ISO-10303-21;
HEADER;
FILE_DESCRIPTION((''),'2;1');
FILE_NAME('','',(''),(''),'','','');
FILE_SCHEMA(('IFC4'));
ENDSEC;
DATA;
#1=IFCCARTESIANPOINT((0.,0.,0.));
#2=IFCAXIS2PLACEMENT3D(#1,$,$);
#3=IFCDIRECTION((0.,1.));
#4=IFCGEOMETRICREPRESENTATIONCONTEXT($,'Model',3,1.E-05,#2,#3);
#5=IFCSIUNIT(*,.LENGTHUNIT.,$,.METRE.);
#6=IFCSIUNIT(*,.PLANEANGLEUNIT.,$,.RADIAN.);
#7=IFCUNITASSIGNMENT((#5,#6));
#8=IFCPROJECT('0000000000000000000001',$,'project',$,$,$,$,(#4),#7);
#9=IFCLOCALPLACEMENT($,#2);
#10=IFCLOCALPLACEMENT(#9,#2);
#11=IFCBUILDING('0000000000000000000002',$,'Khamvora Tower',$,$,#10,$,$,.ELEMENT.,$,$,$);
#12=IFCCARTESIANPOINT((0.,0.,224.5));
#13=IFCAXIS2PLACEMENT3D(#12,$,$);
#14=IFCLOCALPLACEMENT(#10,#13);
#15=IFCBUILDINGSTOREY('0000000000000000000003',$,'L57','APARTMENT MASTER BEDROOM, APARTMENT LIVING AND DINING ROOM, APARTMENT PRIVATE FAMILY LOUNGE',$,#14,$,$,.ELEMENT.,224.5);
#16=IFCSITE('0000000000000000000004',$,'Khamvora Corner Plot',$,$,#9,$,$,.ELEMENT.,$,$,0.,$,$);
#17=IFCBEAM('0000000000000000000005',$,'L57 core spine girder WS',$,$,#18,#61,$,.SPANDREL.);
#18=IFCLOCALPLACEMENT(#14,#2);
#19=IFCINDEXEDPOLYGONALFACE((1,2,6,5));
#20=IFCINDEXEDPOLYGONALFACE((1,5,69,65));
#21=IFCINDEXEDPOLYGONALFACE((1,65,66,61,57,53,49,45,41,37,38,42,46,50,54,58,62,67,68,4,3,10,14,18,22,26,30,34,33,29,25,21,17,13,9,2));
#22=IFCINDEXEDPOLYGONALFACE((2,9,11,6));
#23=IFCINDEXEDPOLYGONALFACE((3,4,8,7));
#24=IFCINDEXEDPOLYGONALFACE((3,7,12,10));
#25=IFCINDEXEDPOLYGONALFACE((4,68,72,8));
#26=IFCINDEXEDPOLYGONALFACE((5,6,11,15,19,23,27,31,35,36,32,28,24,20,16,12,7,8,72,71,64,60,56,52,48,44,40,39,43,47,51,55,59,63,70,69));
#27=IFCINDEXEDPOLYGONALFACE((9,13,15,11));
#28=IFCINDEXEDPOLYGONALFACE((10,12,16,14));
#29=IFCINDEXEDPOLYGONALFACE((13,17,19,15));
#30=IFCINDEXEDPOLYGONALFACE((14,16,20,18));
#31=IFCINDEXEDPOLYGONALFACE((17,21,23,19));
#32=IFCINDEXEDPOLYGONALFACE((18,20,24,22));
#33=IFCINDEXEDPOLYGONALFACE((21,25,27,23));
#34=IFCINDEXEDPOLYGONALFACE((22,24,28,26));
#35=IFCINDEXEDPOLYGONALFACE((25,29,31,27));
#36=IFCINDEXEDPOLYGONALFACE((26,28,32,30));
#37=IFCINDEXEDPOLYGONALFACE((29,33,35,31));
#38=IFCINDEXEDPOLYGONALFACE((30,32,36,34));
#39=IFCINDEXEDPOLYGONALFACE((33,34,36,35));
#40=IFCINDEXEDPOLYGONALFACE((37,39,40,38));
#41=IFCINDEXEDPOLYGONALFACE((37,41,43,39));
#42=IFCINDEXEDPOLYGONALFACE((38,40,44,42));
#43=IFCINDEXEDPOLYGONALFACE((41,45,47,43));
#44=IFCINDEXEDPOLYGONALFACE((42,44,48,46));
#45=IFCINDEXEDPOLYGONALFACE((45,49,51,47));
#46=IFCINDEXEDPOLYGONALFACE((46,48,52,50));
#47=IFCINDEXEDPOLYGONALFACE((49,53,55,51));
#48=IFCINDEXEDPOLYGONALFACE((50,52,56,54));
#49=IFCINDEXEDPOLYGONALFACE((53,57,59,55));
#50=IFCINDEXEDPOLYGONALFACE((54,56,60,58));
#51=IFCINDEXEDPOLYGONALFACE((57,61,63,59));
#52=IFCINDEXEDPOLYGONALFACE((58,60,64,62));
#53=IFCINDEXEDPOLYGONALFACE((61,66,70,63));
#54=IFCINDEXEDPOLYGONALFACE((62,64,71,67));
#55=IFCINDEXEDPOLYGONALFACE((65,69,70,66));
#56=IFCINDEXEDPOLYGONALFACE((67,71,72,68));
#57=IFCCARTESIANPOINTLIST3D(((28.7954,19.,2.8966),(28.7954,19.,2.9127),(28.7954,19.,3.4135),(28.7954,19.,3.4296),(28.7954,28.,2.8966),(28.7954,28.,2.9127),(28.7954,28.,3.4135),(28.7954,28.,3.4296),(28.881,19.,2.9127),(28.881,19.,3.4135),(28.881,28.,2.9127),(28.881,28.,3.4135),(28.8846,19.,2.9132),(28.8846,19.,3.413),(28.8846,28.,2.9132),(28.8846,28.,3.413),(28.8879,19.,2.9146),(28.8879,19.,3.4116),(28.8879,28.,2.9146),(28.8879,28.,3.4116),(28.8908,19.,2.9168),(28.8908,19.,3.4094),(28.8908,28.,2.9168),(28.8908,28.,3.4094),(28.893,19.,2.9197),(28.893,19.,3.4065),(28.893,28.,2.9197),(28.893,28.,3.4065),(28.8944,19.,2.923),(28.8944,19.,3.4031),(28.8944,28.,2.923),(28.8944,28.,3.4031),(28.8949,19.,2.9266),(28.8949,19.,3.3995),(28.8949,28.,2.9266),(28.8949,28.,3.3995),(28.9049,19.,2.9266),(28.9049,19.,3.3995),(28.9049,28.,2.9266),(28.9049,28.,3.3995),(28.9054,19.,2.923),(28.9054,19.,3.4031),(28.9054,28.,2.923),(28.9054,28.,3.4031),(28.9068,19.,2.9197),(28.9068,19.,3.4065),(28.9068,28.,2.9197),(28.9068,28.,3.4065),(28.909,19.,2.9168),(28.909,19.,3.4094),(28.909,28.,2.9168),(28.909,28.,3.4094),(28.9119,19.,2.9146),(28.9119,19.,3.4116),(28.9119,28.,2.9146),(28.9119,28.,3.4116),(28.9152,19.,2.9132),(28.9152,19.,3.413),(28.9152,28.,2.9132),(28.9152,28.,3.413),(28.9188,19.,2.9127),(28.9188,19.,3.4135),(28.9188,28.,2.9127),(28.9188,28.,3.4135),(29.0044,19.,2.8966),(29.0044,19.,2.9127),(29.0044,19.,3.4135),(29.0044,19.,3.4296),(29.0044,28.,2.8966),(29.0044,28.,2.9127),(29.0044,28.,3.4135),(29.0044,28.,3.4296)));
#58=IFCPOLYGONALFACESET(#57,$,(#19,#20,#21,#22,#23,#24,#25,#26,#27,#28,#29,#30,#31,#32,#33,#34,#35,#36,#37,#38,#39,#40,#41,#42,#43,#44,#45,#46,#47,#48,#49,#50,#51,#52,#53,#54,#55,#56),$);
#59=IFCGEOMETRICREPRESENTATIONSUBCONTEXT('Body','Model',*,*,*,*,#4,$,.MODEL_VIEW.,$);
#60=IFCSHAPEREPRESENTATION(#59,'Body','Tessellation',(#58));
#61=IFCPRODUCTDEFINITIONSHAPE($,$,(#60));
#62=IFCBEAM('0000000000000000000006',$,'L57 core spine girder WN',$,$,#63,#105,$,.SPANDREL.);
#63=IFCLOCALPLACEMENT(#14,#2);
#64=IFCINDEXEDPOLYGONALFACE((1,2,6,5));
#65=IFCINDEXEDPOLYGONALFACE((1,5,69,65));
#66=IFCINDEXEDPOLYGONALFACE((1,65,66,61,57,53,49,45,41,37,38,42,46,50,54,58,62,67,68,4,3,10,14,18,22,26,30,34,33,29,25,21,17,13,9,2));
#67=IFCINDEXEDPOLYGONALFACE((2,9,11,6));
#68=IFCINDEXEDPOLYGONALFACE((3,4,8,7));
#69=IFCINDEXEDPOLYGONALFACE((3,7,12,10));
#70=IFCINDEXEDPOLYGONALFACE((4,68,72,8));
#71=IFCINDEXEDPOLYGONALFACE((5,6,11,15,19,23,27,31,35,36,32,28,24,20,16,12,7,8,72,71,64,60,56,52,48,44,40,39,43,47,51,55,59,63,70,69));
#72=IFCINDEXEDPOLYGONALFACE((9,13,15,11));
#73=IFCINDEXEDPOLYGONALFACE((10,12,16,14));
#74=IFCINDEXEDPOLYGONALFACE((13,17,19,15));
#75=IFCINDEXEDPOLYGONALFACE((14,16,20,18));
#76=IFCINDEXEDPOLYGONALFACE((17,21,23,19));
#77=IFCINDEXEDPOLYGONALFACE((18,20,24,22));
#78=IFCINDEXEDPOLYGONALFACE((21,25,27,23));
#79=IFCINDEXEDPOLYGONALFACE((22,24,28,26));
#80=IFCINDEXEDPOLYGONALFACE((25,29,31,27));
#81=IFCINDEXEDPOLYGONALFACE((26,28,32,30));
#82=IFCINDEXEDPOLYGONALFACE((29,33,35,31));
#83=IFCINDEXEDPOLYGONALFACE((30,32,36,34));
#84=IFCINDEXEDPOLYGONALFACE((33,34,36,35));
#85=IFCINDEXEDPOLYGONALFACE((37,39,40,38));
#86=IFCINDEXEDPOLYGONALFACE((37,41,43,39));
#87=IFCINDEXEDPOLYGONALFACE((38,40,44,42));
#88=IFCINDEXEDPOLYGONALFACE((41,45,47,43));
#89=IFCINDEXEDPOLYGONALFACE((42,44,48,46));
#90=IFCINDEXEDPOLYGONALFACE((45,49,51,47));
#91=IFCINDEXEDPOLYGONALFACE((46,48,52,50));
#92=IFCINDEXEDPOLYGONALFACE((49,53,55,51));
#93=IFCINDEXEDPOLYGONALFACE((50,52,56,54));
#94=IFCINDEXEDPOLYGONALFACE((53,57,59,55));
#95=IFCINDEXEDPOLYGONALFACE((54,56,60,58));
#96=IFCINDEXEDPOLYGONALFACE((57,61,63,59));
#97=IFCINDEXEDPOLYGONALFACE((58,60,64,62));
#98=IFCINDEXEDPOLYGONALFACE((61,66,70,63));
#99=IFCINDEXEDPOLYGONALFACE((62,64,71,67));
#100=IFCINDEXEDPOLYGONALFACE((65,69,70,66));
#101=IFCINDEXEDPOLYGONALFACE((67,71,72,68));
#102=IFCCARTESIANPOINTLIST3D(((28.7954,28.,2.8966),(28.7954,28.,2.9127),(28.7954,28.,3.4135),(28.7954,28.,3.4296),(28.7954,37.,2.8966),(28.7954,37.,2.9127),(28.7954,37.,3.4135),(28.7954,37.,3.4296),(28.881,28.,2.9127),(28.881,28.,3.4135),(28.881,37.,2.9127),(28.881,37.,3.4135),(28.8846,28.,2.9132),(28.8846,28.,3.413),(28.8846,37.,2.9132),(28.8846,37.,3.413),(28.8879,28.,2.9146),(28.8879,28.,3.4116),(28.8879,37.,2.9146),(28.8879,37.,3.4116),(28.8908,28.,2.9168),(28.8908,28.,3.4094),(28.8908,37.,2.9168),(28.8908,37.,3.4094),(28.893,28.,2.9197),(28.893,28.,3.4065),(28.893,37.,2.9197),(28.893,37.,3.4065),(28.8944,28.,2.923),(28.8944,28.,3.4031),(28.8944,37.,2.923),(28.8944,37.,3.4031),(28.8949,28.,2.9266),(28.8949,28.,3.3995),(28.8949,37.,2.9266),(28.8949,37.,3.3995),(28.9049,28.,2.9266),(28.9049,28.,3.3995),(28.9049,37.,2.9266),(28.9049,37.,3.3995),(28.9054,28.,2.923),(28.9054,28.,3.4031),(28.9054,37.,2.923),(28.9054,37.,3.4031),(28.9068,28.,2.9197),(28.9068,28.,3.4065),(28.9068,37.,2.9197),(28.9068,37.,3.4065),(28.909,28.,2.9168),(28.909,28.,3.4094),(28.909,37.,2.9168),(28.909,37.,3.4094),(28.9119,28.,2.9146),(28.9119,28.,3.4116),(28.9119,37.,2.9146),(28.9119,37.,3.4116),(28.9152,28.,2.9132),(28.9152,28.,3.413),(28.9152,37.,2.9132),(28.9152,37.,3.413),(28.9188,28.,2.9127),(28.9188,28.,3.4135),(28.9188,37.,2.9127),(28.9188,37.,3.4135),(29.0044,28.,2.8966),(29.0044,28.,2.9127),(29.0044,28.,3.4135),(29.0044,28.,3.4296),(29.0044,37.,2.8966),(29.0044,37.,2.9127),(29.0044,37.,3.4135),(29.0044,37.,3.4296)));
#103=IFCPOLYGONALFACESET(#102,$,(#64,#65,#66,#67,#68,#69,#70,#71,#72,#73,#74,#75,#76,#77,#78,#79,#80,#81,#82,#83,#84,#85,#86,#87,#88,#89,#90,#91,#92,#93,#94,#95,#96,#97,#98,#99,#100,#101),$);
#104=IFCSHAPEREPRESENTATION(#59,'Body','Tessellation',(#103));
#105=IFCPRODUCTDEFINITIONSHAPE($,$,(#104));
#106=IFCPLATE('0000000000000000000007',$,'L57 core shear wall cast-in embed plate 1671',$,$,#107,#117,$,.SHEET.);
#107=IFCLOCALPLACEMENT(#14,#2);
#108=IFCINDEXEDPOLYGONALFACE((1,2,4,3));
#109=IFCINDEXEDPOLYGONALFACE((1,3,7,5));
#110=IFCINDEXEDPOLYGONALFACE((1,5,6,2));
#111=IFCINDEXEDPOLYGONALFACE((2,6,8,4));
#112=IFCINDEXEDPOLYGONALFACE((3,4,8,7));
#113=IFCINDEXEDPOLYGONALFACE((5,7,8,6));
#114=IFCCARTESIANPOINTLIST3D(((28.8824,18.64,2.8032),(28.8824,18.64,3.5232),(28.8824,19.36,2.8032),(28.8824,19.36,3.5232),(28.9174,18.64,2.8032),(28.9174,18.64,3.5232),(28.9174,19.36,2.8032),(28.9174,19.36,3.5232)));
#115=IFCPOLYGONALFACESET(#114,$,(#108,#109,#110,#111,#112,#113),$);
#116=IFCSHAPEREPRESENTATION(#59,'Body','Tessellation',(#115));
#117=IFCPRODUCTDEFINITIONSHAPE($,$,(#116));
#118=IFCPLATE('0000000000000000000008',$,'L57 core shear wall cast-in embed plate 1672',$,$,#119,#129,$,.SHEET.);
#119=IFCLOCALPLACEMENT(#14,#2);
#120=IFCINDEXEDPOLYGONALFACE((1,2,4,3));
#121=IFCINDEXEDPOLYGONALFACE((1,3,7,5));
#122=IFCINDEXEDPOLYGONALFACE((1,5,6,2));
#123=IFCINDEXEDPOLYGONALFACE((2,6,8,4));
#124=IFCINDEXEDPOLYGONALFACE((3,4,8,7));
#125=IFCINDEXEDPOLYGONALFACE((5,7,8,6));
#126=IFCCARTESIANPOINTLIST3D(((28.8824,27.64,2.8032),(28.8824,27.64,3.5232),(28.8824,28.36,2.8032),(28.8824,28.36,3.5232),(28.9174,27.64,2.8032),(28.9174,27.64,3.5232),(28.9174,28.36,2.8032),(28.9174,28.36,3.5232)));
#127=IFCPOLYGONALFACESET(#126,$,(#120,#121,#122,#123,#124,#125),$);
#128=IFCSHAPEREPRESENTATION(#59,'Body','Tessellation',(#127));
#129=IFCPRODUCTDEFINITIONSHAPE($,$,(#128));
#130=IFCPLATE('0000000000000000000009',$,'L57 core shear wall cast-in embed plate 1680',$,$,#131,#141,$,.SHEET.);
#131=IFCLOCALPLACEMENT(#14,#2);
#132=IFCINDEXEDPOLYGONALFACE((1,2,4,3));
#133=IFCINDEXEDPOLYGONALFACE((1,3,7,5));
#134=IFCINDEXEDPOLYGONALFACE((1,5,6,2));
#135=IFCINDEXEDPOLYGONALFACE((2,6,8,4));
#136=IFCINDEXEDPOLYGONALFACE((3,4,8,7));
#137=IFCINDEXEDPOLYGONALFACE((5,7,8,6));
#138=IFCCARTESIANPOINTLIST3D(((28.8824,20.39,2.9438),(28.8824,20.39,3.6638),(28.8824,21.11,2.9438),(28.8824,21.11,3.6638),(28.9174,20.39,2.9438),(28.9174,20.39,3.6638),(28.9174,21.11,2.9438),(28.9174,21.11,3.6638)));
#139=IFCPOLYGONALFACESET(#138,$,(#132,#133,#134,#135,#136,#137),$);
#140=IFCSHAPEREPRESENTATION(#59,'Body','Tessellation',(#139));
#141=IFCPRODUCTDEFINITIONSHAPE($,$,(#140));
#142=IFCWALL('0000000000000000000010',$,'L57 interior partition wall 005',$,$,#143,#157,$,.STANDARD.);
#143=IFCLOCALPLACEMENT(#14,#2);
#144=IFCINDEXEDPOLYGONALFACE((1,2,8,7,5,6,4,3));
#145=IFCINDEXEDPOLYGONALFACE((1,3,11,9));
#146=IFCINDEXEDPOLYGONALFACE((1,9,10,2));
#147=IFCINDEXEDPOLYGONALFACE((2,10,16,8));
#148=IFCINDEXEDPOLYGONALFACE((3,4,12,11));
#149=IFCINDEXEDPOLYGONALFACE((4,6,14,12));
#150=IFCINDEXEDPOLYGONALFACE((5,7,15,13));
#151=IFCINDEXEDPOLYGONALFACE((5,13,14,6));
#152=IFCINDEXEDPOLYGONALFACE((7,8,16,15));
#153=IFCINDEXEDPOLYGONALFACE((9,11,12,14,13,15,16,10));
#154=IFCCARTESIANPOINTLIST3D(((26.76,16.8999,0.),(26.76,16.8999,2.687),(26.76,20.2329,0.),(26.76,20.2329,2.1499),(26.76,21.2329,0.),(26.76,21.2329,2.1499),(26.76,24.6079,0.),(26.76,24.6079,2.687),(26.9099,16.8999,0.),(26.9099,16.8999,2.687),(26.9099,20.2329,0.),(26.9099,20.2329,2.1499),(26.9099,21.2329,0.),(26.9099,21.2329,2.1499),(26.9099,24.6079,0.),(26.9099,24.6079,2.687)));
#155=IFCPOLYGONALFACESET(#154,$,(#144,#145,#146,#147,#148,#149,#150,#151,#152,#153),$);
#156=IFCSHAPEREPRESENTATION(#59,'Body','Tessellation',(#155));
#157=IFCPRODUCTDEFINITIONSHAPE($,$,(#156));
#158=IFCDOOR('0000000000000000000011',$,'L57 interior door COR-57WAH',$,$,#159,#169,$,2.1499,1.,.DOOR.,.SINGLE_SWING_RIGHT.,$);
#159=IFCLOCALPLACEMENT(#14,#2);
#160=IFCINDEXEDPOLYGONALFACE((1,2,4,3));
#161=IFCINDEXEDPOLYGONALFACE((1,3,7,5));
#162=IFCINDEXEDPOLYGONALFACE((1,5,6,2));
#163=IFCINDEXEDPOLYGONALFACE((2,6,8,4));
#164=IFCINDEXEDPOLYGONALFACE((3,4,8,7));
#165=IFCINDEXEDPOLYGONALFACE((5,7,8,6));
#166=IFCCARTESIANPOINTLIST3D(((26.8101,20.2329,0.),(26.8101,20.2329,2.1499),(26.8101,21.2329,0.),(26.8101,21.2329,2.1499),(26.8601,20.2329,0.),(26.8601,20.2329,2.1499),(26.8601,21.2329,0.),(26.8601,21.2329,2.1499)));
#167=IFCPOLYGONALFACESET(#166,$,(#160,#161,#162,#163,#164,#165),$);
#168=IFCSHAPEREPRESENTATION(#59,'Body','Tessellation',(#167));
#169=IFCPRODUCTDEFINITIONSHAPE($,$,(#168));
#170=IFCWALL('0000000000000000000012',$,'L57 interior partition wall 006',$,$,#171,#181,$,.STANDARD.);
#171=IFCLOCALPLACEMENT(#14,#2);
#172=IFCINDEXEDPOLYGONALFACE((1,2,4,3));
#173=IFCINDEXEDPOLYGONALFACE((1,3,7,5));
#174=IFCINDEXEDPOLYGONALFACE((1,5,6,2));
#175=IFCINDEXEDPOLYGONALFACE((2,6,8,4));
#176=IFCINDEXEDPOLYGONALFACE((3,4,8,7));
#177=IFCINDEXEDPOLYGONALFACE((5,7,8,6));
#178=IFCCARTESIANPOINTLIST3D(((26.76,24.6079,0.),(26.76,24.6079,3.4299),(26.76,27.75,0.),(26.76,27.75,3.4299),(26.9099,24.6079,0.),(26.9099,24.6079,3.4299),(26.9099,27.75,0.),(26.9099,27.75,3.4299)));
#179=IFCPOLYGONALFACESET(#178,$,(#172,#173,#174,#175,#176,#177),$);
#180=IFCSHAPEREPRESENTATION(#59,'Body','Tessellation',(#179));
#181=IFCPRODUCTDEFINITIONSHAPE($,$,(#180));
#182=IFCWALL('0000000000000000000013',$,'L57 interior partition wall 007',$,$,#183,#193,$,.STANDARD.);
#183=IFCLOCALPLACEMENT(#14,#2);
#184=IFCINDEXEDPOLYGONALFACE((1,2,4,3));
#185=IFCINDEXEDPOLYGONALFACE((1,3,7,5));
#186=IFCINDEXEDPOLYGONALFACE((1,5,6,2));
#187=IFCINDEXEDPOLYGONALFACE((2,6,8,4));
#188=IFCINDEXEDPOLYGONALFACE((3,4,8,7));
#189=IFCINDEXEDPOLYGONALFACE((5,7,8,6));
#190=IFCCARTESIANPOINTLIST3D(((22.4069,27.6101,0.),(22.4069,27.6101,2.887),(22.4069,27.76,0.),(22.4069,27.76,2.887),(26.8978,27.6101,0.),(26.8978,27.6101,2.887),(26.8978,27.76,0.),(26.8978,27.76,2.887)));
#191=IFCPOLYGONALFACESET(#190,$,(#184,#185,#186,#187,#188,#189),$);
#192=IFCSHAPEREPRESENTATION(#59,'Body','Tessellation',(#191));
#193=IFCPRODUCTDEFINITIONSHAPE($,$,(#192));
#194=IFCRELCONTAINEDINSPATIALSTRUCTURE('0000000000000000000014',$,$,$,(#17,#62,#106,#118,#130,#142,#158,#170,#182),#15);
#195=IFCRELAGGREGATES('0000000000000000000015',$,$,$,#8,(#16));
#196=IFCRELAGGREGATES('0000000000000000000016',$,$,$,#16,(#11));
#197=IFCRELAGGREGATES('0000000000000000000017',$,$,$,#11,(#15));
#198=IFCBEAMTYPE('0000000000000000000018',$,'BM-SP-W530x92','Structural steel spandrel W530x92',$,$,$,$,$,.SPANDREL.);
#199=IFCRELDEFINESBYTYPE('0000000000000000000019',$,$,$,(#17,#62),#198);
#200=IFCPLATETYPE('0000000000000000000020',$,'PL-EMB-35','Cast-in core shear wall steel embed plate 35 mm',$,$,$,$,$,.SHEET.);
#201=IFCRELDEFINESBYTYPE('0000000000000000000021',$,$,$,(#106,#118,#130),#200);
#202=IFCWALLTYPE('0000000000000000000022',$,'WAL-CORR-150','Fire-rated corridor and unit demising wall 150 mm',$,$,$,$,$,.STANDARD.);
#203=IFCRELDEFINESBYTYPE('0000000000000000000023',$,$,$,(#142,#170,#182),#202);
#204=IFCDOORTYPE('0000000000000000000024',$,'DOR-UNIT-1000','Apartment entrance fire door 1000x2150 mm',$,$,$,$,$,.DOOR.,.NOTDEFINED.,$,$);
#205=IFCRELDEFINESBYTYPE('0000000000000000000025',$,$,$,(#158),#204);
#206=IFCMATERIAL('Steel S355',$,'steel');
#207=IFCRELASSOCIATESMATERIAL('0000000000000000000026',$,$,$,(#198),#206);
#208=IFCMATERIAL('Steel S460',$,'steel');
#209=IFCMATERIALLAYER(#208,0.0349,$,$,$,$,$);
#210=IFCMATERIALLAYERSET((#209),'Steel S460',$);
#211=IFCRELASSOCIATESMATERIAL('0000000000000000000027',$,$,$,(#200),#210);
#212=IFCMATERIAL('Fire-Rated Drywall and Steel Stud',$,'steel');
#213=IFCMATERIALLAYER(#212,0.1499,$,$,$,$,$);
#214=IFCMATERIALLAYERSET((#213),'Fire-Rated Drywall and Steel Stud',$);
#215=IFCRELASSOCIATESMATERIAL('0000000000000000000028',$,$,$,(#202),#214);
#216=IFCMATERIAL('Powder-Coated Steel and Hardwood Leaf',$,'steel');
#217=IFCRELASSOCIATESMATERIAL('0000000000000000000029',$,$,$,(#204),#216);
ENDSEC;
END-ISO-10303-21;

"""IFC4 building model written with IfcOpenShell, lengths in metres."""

from ifc_helpers import new_model, si_unit, direction, frame, frame_2d, origin, origin_2d, place, context, subcontext, project, spatial, rectangle, i_section, extrude, material, layer, layer_set, material_profile, profile_set, type_object, element, fill, save


model = new_model("IFC4")

# Units and contexts
model_context = context("Model", 3, precision=1e-05, world=origin(), true_north=direction((0.0, 1.0)))
body_context = subcontext(model_context, "Body", "Model", "MODEL_VIEW")
ifc_project = project(units=[si_unit("LENGTHUNIT", "METRE"), si_unit("PLANEANGLEUNIT", "RADIAN")], contexts=[model_context])

# Site, building, storey
site_placement = place(None, origin())
site = spatial("IfcSite", under=ifc_project, at=site_placement, Name="Khamvora Corner Plot", CompositionType="ELEMENT", RefElevation=0.0)
building_placement = place(site_placement, origin())
building = spatial("IfcBuilding", under=site, at=building_placement, Name="Khamvora Tower", CompositionType="ELEMENT")
storey_placement = place(building_placement, frame((0.0, 0.0, 224.5)))
storey = spatial("IfcBuildingStorey", under=building, at=storey_placement, Name="L57", Description="APARTMENT MASTER BEDROOM, APARTMENT LIVING AND DINING ROOM, APARTMENT PRIVATE FAMILY LOUNGE", CompositionType="ELEMENT", Elevation=224.5)

# Shared definitions
ifc_material_1 = material(Name="Steel S460", Category="steel")

# Beams
ifc_material_2 = material(Name="Steel S355", Category="steel")
ifc_material_profile_1 = material_profile(ifc_material_2, i_section(OverallWidth=0.209, OverallDepth=0.533, WebThickness=0.01, FlangeThickness=0.0161, FilletRadius=0.0139, at=origin_2d()), Name="W530x92")
ifc_profile_set_1 = profile_set([ifc_material_profile_1], Name="Steel S355")
beam_type_1 = type_object("IfcBeamType", Name="BM-SP-W530x92", Description="Structural steel spandrel W530x92", PredefinedType="SPANDREL", material=ifc_profile_set_1)
for number, where, z_axis, x_axis, name in (
    (1, (28.8999, 19.0, 3.1631), (0.0, 1.0, 0.0), (-1.0, 0.0, 0.0), "L57 core spine girder WS"),
    (2, (28.8999, 28.0, 3.1631), (0.0, 1.0, 0.0), (-1.0, 0.0, 0.0), "L57 core spine girder WN"),
):
    element("IfcBeam", number, at=place(storey_placement, frame(where, z_axis=z_axis, x_axis=x_axis)), inside=storey, type_object=beam_type_1, Name=name, PredefinedType="SPANDREL", context=body_context, shape_type="SweptSolid", body=[
        extrude(i_section(OverallWidth=0.209, OverallDepth=0.533, WebThickness=0.01, FlangeThickness=0.0161, FilletRadius=0.0139, at=origin_2d()), origin(), (0.0, 0.0, 1.0), 9.0),
    ])

# Plates
ifc_layer_1 = layer(ifc_material_1, 0.0349)
ifc_layer_set_1 = layer_set([ifc_layer_1], Name="Steel S460")
plate_type = type_object("IfcPlateType", Name="PL-EMB-35", Description="Cast-in core shear wall steel embed plate 35 mm", PredefinedType="SHEET", material=ifc_layer_set_1)
for number, where, z_axis, x_axis, name in (
    (3, (28.8999, 19.0, 2.8032), (0.0, 0.0, 1.0), (1.0, 0.0, 0.0), "L57 core shear wall cast-in embed plate 1671"),
    (4, (28.8999, 28.0, 2.8032), (0.0, 0.0, 1.0), (1.0, 0.0, 0.0), "L57 core shear wall cast-in embed plate 1672"),
    (5, (28.8999, 20.75, 2.9438), (0.0, 0.0, 1.0), (1.0, 0.0, 0.0), "L57 core shear wall cast-in embed plate 1680"),
):
    element("IfcPlate", number, at=place(storey_placement, frame(where, z_axis=z_axis, x_axis=x_axis)), inside=storey, type_object=plate_type, Name=name, PredefinedType="SHEET", context=body_context, shape_type="SweptSolid", body=[
        extrude(rectangle(XDim=0.0349, YDim=0.72, at=origin_2d()), origin(), (0.0, 0.0, 1.0), 0.72),
    ])

# Wall, opening, door
ifc_material_3 = material(Name="Fire-Rated Drywall and Steel Stud", Category="steel")
ifc_layer_2 = layer(ifc_material_3, 0.1499)
ifc_layer_set_2 = layer_set([ifc_layer_2], Name="Fire-Rated Drywall and Steel Stud")
wall_type_1 = type_object("IfcWallType", Name="WAL-CORR-150", Description="Fire-rated corridor and unit demising wall 150 mm", PredefinedType="STANDARD", material=ifc_layer_set_2)
wall_1_placement = place(storey_placement, frame((26.835, 16.8999, 0.0), z_axis=(0.0, 0.0, 1.0), x_axis=(0.0, 1.0, 0.0)))
wall_1 = element("IfcWall", 6, at=wall_1_placement, inside=storey, type_object=wall_type_1, Name="L57 interior partition wall 005", PredefinedType="STANDARD", context=body_context, shape_type="SweptSolid", body=[
    extrude(rectangle(XDim=7.708, YDim=0.1499, at=frame_2d((3.854, 0.0))), origin(), (0.0, 0.0, 1.0), 2.687),
])
opening_placement = place(wall_1_placement, frame((3.333, 0.0, 0.0)))
opening = element("IfcOpeningElement", 7, at=opening_placement, cuts=wall_1, PredefinedType="OPENING", context=body_context, shape_type="SweptSolid", body=[
    extrude(rectangle(XDim=1.0, YDim=2.1499, at=frame_2d((0.5, 1.075))), frame((0.0, 0.085, 0.0), z_axis=(0.0, -1.0, 0.0), x_axis=(1.0, 0.0, 0.0)), (0.0, 0.0, 1.0), 0.1699),
])
ifc_material_4 = material(Name="Powder-Coated Steel and Hardwood Leaf", Category="steel")
door_type = type_object("IfcDoorType", Name="DOR-UNIT-1000", Description="Apartment entrance fire door 1000x2150 mm", OperationType="NOTDEFINED", PredefinedType="DOOR", material=ifc_material_4)
door_placement = place(opening_placement, origin())
door = element("IfcDoor", 8, at=door_placement, inside=storey, type_object=door_type, Name="L57 interior door COR-57WAH", OperationType="SINGLE_SWING_RIGHT", OverallHeight=2.1499, OverallWidth=1.0, PredefinedType="DOOR", context=body_context, shape_type="SweptSolid", body=[
    extrude(rectangle(XDim=1.0, YDim=2.1499, at=frame_2d((0.5, 1.075))), frame((0.0, 0.0249, 0.0), z_axis=(0.0, -1.0, 0.0), x_axis=(1.0, 0.0, 0.0)), (0.0, 0.0, 1.0), 0.05),
])
fill(opening, door)

# Walls
wall_2_placement = place(storey_placement, frame((26.835, 24.6079, 0.0), z_axis=(0.0, 0.0, 1.0), x_axis=(0.0, 1.0, 0.0)))
element("IfcWall", 9, at=wall_2_placement, inside=storey, type_object=wall_type_1, Name="L57 interior partition wall 006", PredefinedType="STANDARD", context=body_context, shape_type="SweptSolid", body=[
    extrude(rectangle(XDim=3.1421, YDim=0.1499, at=frame_2d((1.571, 0.0))), origin(), (0.0, 0.0, 1.0), 3.4299),
])
wall_3_placement = place(storey_placement, frame((26.8979, 27.6851, 0.0), z_axis=(0.0, 0.0, 1.0), x_axis=(-1.0, 0.0, 0.0)))
element("IfcWall", 10, at=wall_3_placement, inside=storey, type_object=wall_type_1, Name="L57 interior partition wall 007", PredefinedType="STANDARD", context=body_context, shape_type="SweptSolid", body=[
    extrude(rectangle(XDim=4.491, YDim=0.1499, at=frame_2d((2.2456, 0.0))), origin(), (0.0, 0.0, 1.0), 2.887),
])

save(model, "model.ifc")
